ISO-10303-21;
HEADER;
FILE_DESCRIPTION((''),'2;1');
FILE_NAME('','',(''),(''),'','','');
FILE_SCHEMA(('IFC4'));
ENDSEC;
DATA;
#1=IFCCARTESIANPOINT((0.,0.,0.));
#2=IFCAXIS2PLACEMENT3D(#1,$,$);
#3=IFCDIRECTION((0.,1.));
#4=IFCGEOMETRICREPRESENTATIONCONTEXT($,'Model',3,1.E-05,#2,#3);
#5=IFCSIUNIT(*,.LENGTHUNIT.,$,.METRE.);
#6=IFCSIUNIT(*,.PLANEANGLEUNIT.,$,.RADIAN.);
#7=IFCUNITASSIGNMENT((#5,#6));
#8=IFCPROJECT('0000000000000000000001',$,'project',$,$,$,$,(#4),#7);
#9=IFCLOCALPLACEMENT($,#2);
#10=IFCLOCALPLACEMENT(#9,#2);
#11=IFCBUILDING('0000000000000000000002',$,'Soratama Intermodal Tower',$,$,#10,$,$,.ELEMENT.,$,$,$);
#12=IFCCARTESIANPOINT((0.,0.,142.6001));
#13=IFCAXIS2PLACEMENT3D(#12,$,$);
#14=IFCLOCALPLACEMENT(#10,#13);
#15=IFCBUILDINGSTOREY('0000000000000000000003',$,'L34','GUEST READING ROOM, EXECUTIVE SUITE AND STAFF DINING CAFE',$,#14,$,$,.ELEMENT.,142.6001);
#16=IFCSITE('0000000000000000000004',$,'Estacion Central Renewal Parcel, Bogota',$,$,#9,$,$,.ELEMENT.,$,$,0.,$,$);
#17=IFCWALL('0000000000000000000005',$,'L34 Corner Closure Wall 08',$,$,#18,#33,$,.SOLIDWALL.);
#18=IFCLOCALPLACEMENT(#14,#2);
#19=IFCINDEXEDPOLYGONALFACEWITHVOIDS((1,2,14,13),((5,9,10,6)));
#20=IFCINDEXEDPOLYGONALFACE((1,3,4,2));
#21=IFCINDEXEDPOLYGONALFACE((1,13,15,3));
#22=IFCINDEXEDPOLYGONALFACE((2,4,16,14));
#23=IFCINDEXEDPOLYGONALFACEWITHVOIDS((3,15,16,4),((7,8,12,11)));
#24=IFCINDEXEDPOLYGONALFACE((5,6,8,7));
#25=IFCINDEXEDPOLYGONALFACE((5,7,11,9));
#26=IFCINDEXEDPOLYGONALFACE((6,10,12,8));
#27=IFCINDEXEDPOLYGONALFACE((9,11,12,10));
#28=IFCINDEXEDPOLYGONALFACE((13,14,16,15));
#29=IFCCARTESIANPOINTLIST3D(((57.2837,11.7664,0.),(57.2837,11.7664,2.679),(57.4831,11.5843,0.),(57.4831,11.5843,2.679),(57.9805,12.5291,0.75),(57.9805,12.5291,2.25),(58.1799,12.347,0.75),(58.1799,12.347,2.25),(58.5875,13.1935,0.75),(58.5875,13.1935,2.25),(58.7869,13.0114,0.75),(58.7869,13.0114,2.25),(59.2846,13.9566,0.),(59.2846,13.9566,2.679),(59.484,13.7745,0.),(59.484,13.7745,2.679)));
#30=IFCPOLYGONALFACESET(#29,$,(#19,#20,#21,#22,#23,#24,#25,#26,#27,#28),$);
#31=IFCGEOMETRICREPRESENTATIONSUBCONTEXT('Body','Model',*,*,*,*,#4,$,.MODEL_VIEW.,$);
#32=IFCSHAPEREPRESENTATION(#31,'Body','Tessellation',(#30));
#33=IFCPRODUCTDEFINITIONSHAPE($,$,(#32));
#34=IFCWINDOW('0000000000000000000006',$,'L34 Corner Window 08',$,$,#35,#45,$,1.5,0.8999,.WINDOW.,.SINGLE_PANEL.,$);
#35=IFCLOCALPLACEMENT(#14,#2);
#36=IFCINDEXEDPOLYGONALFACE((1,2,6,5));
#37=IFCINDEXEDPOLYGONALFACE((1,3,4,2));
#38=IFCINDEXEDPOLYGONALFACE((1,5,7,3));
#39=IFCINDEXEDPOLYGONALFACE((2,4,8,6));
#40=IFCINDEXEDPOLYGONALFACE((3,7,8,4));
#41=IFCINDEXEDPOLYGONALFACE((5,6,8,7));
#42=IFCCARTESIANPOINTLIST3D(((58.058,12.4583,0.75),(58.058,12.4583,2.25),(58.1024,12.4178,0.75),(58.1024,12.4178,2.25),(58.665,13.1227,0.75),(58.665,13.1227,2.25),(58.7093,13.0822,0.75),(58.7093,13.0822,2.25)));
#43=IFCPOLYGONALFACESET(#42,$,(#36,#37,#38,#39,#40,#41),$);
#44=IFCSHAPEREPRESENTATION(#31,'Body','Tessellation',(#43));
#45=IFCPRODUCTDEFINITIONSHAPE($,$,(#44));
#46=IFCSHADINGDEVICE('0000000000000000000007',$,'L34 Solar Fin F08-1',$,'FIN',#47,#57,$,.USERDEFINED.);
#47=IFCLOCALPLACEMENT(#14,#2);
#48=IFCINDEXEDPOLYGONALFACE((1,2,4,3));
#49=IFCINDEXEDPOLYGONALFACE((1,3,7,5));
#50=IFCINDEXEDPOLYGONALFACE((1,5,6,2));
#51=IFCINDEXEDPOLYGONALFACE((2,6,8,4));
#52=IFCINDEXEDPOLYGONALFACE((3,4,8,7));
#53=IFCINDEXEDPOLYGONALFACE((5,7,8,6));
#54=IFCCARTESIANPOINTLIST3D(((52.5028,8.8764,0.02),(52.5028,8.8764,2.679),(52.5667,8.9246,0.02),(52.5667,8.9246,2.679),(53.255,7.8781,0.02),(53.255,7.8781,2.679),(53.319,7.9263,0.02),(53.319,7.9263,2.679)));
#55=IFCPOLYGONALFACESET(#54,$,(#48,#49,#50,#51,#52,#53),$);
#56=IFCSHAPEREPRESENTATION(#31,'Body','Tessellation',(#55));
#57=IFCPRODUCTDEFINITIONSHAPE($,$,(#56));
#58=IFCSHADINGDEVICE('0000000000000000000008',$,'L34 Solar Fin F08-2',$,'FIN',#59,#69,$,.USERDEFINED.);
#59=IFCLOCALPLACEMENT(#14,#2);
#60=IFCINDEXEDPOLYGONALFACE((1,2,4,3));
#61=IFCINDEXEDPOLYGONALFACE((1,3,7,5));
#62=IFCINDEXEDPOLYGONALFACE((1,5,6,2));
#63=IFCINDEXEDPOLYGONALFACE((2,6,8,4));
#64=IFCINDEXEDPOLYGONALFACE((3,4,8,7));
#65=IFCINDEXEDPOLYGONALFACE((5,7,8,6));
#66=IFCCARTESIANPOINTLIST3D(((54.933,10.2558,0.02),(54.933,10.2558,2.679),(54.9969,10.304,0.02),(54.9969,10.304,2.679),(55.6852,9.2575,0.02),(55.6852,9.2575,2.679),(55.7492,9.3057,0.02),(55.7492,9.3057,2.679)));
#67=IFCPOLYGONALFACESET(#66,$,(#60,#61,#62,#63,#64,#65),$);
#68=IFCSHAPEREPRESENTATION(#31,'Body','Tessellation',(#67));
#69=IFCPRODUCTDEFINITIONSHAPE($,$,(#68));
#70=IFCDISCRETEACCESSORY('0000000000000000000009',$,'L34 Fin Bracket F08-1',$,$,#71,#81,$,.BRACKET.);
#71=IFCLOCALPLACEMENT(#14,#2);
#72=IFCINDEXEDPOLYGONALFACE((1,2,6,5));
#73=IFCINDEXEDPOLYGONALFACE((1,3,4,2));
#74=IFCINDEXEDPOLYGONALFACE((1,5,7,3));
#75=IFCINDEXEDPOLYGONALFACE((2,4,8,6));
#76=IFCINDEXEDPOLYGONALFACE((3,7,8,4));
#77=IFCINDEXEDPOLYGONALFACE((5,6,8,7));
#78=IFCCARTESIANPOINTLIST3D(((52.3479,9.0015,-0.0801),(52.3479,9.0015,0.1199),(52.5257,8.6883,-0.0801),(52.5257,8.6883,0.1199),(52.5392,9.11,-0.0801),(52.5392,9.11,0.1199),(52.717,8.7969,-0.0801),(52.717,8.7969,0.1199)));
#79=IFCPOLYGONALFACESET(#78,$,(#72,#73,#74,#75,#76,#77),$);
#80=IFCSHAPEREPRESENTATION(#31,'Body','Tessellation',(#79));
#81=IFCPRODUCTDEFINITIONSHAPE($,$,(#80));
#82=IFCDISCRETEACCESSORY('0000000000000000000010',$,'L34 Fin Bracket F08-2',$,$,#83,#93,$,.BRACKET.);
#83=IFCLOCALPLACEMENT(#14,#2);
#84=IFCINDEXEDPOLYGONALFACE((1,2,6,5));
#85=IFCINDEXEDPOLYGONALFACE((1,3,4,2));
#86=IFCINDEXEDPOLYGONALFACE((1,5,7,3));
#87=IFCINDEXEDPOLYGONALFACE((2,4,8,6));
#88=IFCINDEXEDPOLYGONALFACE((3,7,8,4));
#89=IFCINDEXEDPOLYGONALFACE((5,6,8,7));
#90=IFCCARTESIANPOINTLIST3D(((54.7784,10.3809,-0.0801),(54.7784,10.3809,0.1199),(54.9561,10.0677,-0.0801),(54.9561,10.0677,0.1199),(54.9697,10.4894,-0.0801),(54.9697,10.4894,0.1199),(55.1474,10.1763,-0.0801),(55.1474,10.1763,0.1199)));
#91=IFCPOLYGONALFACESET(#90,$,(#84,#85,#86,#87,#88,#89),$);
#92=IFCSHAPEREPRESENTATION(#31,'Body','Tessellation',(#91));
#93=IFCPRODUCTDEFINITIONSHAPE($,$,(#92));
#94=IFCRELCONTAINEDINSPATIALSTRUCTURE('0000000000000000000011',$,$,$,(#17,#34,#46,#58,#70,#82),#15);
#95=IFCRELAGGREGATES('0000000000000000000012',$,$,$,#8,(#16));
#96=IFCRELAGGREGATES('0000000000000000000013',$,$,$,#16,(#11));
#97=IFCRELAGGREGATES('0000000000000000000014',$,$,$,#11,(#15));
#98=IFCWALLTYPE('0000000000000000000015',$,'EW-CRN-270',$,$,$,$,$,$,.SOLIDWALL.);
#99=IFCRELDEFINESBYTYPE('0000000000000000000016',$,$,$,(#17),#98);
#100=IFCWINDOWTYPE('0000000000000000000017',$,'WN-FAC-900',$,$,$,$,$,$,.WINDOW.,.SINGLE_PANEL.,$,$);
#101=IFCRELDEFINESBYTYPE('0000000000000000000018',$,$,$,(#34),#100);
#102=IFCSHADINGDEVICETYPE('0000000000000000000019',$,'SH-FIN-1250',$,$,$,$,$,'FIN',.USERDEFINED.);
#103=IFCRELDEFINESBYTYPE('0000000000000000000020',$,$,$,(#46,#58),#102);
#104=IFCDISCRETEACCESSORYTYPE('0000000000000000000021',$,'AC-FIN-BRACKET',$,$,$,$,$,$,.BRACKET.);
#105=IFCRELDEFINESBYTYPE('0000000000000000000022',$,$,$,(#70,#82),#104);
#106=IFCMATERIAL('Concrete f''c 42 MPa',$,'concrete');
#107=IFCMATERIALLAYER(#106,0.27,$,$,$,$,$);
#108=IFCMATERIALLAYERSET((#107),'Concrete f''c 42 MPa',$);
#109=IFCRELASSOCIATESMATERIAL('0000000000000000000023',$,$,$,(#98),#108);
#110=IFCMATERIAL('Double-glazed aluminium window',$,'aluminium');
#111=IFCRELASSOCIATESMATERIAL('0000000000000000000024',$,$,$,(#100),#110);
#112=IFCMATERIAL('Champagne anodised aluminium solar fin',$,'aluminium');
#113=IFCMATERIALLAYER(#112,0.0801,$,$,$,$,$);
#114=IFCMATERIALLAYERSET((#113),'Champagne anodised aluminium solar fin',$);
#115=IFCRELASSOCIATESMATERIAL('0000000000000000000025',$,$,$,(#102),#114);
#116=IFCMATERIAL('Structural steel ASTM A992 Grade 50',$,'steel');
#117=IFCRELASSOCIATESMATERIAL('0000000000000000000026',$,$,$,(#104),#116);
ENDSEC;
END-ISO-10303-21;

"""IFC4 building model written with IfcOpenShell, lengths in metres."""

from ifc_helpers import new_model, si_unit, direction, frame, frame_2d, origin, origin_2d, place, context, subcontext, project, spatial, rectangle, extrude, material, layer, layer_set, type_object, element, fill, save


model = new_model("IFC4")

# Units and contexts
model_context = context("Model", 3, precision=1e-05, world=origin(), true_north=direction((0.0, 1.0)))
body_context = subcontext(model_context, "Body", "Model", "MODEL_VIEW")
ifc_project = project(units=[si_unit("LENGTHUNIT", "METRE"), si_unit("PLANEANGLEUNIT", "RADIAN")], contexts=[model_context])

# Site, building, storey
site_placement = place(None, origin())
site = spatial("IfcSite", under=ifc_project, at=site_placement, Name="Estacion Central Renewal Parcel, Bogota", CompositionType="ELEMENT", RefElevation=0.0)
building_placement = place(site_placement, origin())
building = spatial("IfcBuilding", under=site, at=building_placement, Name="Soratama Intermodal Tower", CompositionType="ELEMENT")
storey_placement = place(building_placement, frame((0.0, 0.0, 142.6001)))
storey = spatial("IfcBuildingStorey", under=building, at=storey_placement, Name="L34", Description="GUEST READING ROOM, EXECUTIVE SUITE AND STAFF DINING CAFE", CompositionType="ELEMENT", Elevation=142.6001)

# Wall, opening, window
ifc_material_1 = material(Name="Concrete f'c 42 MPa", Category="concrete")
ifc_layer_1 = layer(ifc_material_1, 0.27)
ifc_layer_set_1 = layer_set([ifc_layer_1], Name="Concrete f'c 42 MPa")
wall_type = type_object("IfcWallType", Name="EW-CRN-270", PredefinedType="SOLIDWALL", material=ifc_layer_set_1)
wall_placement = place(storey_placement, frame((57.3833, 11.6753, 0.0), z_axis=(0.0, 0.0, 1.0), x_axis=(0.674498, 0.738277, 0.0)))
wall = element("IfcWall", 1, at=wall_placement, inside=storey, type_object=wall_type, Name="L34 Corner Closure Wall 08", PredefinedType="SOLIDWALL", context=body_context, shape_type="SweptSolid", body=[
    extrude(rectangle(XDim=2.9666, YDim=0.27, at=frame_2d((1.4834, 0.0))), origin(), (0.0, 0.0, 1.0), 2.679),
])
opening_placement = place(wall_placement, frame((1.0332, 0.0, 0.75)))
opening = element("IfcOpeningElement", 2, at=opening_placement, cuts=wall, PredefinedType="OPENING", context=body_context, shape_type="SweptSolid", body=[
    extrude(rectangle(XDim=0.8999, YDim=1.5, at=frame_2d((0.45, 0.75))), frame((0.0, 0.145, 0.0), z_axis=(0.0, -1.0, 0.0), x_axis=(1.0, 0.0, 0.0)), (0.0, 0.0, 1.0), 0.29),
])
ifc_material_2 = material(Name="Double-glazed aluminium window", Category="aluminium")
window_type = type_object("IfcWindowType", Name="WN-FAC-900", PartitioningType="SINGLE_PANEL", PredefinedType="WINDOW", material=ifc_material_2)
window_placement = place(opening_placement, origin())
window = element("IfcWindow", 3, at=window_placement, inside=storey, type_object=window_type, Name="L34 Corner Window 08", OverallHeight=1.5, OverallWidth=0.8999, PartitioningType="SINGLE_PANEL", PredefinedType="WINDOW", context=body_context, shape_type="SweptSolid", body=[
    extrude(rectangle(XDim=0.8999, YDim=1.5, at=frame_2d((0.45, 0.75))), frame((0.0, 0.03, 0.0), z_axis=(0.0, -1.0, 0.0), x_axis=(1.0, 0.0, 0.0)), (0.0, 0.0, 1.0), 0.0601),
])
fill(opening, window)

# Shading devices
ifc_material_3 = material(Name="Champagne anodised aluminium solar fin", Category="aluminium")
ifc_layer_2 = layer(ifc_material_3, 0.0801)
ifc_layer_set_2 = layer_set([ifc_layer_2], Name="Champagne anodised aluminium solar fin")
shading_device_type = type_object("IfcShadingDeviceType", Name="SH-FIN-1250", ElementType="FIN", PredefinedType="USERDEFINED", material=ifc_layer_set_2)
for number, where, z_axis, x_axis, name in (
    (4, (52.9109, 8.4014, 0.02), (0.0, 0.0, 1.0), (0.601815, -0.798636, 0.0), "L34 Solar Fin F08-1"),
    (5, (55.3411, 9.7808, 0.02), (0.0, 0.0, 1.0), (0.601815, -0.798636, 0.0), "L34 Solar Fin F08-2"),
):
    element("IfcShadingDevice", number, at=place(storey_placement, frame(where, z_axis=z_axis, x_axis=x_axis)), inside=storey, type_object=shading_device_type, Name=name, ObjectType="FIN", PredefinedType="USERDEFINED", context=body_context, shape_type="SweptSolid", body=[
        extrude(rectangle(XDim=1.25, YDim=0.0801, at=origin_2d()), origin(), (0.0, 0.0, 1.0), 2.6589),
    ])

# Discrete accessories
ifc_material_4 = material(Name="Structural steel ASTM A992 Grade 50", Category="steel")
discrete_accessory_type = type_object("IfcDiscreteAccessoryType", Name="AC-FIN-BRACKET", PredefinedType="BRACKET", material=ifc_material_4)
for number, where, z_axis, x_axis, name in (
    (6, (52.5325, 8.8992, -0.0801), (0.0, 0.0, 1.0), (0.493638, -0.869667, 0.0), "L34 Fin Bracket F08-1"),
    (7, (54.9629, 10.2786, -0.0801), (0.0, 0.0, 1.0), (0.493638, -0.869667, 0.0), "L34 Fin Bracket F08-2"),
):
    element("IfcDiscreteAccessory", number, at=place(storey_placement, frame(where, z_axis=z_axis, x_axis=x_axis)), inside=storey, type_object=discrete_accessory_type, Name=name, PredefinedType="BRACKET", context=body_context, shape_type="SweptSolid", body=[
        extrude(rectangle(XDim=0.3601, YDim=0.22, at=origin_2d()), origin(), (0.0, 0.0, 1.0), 0.2),
    ])

save(model, "model.ifc")
